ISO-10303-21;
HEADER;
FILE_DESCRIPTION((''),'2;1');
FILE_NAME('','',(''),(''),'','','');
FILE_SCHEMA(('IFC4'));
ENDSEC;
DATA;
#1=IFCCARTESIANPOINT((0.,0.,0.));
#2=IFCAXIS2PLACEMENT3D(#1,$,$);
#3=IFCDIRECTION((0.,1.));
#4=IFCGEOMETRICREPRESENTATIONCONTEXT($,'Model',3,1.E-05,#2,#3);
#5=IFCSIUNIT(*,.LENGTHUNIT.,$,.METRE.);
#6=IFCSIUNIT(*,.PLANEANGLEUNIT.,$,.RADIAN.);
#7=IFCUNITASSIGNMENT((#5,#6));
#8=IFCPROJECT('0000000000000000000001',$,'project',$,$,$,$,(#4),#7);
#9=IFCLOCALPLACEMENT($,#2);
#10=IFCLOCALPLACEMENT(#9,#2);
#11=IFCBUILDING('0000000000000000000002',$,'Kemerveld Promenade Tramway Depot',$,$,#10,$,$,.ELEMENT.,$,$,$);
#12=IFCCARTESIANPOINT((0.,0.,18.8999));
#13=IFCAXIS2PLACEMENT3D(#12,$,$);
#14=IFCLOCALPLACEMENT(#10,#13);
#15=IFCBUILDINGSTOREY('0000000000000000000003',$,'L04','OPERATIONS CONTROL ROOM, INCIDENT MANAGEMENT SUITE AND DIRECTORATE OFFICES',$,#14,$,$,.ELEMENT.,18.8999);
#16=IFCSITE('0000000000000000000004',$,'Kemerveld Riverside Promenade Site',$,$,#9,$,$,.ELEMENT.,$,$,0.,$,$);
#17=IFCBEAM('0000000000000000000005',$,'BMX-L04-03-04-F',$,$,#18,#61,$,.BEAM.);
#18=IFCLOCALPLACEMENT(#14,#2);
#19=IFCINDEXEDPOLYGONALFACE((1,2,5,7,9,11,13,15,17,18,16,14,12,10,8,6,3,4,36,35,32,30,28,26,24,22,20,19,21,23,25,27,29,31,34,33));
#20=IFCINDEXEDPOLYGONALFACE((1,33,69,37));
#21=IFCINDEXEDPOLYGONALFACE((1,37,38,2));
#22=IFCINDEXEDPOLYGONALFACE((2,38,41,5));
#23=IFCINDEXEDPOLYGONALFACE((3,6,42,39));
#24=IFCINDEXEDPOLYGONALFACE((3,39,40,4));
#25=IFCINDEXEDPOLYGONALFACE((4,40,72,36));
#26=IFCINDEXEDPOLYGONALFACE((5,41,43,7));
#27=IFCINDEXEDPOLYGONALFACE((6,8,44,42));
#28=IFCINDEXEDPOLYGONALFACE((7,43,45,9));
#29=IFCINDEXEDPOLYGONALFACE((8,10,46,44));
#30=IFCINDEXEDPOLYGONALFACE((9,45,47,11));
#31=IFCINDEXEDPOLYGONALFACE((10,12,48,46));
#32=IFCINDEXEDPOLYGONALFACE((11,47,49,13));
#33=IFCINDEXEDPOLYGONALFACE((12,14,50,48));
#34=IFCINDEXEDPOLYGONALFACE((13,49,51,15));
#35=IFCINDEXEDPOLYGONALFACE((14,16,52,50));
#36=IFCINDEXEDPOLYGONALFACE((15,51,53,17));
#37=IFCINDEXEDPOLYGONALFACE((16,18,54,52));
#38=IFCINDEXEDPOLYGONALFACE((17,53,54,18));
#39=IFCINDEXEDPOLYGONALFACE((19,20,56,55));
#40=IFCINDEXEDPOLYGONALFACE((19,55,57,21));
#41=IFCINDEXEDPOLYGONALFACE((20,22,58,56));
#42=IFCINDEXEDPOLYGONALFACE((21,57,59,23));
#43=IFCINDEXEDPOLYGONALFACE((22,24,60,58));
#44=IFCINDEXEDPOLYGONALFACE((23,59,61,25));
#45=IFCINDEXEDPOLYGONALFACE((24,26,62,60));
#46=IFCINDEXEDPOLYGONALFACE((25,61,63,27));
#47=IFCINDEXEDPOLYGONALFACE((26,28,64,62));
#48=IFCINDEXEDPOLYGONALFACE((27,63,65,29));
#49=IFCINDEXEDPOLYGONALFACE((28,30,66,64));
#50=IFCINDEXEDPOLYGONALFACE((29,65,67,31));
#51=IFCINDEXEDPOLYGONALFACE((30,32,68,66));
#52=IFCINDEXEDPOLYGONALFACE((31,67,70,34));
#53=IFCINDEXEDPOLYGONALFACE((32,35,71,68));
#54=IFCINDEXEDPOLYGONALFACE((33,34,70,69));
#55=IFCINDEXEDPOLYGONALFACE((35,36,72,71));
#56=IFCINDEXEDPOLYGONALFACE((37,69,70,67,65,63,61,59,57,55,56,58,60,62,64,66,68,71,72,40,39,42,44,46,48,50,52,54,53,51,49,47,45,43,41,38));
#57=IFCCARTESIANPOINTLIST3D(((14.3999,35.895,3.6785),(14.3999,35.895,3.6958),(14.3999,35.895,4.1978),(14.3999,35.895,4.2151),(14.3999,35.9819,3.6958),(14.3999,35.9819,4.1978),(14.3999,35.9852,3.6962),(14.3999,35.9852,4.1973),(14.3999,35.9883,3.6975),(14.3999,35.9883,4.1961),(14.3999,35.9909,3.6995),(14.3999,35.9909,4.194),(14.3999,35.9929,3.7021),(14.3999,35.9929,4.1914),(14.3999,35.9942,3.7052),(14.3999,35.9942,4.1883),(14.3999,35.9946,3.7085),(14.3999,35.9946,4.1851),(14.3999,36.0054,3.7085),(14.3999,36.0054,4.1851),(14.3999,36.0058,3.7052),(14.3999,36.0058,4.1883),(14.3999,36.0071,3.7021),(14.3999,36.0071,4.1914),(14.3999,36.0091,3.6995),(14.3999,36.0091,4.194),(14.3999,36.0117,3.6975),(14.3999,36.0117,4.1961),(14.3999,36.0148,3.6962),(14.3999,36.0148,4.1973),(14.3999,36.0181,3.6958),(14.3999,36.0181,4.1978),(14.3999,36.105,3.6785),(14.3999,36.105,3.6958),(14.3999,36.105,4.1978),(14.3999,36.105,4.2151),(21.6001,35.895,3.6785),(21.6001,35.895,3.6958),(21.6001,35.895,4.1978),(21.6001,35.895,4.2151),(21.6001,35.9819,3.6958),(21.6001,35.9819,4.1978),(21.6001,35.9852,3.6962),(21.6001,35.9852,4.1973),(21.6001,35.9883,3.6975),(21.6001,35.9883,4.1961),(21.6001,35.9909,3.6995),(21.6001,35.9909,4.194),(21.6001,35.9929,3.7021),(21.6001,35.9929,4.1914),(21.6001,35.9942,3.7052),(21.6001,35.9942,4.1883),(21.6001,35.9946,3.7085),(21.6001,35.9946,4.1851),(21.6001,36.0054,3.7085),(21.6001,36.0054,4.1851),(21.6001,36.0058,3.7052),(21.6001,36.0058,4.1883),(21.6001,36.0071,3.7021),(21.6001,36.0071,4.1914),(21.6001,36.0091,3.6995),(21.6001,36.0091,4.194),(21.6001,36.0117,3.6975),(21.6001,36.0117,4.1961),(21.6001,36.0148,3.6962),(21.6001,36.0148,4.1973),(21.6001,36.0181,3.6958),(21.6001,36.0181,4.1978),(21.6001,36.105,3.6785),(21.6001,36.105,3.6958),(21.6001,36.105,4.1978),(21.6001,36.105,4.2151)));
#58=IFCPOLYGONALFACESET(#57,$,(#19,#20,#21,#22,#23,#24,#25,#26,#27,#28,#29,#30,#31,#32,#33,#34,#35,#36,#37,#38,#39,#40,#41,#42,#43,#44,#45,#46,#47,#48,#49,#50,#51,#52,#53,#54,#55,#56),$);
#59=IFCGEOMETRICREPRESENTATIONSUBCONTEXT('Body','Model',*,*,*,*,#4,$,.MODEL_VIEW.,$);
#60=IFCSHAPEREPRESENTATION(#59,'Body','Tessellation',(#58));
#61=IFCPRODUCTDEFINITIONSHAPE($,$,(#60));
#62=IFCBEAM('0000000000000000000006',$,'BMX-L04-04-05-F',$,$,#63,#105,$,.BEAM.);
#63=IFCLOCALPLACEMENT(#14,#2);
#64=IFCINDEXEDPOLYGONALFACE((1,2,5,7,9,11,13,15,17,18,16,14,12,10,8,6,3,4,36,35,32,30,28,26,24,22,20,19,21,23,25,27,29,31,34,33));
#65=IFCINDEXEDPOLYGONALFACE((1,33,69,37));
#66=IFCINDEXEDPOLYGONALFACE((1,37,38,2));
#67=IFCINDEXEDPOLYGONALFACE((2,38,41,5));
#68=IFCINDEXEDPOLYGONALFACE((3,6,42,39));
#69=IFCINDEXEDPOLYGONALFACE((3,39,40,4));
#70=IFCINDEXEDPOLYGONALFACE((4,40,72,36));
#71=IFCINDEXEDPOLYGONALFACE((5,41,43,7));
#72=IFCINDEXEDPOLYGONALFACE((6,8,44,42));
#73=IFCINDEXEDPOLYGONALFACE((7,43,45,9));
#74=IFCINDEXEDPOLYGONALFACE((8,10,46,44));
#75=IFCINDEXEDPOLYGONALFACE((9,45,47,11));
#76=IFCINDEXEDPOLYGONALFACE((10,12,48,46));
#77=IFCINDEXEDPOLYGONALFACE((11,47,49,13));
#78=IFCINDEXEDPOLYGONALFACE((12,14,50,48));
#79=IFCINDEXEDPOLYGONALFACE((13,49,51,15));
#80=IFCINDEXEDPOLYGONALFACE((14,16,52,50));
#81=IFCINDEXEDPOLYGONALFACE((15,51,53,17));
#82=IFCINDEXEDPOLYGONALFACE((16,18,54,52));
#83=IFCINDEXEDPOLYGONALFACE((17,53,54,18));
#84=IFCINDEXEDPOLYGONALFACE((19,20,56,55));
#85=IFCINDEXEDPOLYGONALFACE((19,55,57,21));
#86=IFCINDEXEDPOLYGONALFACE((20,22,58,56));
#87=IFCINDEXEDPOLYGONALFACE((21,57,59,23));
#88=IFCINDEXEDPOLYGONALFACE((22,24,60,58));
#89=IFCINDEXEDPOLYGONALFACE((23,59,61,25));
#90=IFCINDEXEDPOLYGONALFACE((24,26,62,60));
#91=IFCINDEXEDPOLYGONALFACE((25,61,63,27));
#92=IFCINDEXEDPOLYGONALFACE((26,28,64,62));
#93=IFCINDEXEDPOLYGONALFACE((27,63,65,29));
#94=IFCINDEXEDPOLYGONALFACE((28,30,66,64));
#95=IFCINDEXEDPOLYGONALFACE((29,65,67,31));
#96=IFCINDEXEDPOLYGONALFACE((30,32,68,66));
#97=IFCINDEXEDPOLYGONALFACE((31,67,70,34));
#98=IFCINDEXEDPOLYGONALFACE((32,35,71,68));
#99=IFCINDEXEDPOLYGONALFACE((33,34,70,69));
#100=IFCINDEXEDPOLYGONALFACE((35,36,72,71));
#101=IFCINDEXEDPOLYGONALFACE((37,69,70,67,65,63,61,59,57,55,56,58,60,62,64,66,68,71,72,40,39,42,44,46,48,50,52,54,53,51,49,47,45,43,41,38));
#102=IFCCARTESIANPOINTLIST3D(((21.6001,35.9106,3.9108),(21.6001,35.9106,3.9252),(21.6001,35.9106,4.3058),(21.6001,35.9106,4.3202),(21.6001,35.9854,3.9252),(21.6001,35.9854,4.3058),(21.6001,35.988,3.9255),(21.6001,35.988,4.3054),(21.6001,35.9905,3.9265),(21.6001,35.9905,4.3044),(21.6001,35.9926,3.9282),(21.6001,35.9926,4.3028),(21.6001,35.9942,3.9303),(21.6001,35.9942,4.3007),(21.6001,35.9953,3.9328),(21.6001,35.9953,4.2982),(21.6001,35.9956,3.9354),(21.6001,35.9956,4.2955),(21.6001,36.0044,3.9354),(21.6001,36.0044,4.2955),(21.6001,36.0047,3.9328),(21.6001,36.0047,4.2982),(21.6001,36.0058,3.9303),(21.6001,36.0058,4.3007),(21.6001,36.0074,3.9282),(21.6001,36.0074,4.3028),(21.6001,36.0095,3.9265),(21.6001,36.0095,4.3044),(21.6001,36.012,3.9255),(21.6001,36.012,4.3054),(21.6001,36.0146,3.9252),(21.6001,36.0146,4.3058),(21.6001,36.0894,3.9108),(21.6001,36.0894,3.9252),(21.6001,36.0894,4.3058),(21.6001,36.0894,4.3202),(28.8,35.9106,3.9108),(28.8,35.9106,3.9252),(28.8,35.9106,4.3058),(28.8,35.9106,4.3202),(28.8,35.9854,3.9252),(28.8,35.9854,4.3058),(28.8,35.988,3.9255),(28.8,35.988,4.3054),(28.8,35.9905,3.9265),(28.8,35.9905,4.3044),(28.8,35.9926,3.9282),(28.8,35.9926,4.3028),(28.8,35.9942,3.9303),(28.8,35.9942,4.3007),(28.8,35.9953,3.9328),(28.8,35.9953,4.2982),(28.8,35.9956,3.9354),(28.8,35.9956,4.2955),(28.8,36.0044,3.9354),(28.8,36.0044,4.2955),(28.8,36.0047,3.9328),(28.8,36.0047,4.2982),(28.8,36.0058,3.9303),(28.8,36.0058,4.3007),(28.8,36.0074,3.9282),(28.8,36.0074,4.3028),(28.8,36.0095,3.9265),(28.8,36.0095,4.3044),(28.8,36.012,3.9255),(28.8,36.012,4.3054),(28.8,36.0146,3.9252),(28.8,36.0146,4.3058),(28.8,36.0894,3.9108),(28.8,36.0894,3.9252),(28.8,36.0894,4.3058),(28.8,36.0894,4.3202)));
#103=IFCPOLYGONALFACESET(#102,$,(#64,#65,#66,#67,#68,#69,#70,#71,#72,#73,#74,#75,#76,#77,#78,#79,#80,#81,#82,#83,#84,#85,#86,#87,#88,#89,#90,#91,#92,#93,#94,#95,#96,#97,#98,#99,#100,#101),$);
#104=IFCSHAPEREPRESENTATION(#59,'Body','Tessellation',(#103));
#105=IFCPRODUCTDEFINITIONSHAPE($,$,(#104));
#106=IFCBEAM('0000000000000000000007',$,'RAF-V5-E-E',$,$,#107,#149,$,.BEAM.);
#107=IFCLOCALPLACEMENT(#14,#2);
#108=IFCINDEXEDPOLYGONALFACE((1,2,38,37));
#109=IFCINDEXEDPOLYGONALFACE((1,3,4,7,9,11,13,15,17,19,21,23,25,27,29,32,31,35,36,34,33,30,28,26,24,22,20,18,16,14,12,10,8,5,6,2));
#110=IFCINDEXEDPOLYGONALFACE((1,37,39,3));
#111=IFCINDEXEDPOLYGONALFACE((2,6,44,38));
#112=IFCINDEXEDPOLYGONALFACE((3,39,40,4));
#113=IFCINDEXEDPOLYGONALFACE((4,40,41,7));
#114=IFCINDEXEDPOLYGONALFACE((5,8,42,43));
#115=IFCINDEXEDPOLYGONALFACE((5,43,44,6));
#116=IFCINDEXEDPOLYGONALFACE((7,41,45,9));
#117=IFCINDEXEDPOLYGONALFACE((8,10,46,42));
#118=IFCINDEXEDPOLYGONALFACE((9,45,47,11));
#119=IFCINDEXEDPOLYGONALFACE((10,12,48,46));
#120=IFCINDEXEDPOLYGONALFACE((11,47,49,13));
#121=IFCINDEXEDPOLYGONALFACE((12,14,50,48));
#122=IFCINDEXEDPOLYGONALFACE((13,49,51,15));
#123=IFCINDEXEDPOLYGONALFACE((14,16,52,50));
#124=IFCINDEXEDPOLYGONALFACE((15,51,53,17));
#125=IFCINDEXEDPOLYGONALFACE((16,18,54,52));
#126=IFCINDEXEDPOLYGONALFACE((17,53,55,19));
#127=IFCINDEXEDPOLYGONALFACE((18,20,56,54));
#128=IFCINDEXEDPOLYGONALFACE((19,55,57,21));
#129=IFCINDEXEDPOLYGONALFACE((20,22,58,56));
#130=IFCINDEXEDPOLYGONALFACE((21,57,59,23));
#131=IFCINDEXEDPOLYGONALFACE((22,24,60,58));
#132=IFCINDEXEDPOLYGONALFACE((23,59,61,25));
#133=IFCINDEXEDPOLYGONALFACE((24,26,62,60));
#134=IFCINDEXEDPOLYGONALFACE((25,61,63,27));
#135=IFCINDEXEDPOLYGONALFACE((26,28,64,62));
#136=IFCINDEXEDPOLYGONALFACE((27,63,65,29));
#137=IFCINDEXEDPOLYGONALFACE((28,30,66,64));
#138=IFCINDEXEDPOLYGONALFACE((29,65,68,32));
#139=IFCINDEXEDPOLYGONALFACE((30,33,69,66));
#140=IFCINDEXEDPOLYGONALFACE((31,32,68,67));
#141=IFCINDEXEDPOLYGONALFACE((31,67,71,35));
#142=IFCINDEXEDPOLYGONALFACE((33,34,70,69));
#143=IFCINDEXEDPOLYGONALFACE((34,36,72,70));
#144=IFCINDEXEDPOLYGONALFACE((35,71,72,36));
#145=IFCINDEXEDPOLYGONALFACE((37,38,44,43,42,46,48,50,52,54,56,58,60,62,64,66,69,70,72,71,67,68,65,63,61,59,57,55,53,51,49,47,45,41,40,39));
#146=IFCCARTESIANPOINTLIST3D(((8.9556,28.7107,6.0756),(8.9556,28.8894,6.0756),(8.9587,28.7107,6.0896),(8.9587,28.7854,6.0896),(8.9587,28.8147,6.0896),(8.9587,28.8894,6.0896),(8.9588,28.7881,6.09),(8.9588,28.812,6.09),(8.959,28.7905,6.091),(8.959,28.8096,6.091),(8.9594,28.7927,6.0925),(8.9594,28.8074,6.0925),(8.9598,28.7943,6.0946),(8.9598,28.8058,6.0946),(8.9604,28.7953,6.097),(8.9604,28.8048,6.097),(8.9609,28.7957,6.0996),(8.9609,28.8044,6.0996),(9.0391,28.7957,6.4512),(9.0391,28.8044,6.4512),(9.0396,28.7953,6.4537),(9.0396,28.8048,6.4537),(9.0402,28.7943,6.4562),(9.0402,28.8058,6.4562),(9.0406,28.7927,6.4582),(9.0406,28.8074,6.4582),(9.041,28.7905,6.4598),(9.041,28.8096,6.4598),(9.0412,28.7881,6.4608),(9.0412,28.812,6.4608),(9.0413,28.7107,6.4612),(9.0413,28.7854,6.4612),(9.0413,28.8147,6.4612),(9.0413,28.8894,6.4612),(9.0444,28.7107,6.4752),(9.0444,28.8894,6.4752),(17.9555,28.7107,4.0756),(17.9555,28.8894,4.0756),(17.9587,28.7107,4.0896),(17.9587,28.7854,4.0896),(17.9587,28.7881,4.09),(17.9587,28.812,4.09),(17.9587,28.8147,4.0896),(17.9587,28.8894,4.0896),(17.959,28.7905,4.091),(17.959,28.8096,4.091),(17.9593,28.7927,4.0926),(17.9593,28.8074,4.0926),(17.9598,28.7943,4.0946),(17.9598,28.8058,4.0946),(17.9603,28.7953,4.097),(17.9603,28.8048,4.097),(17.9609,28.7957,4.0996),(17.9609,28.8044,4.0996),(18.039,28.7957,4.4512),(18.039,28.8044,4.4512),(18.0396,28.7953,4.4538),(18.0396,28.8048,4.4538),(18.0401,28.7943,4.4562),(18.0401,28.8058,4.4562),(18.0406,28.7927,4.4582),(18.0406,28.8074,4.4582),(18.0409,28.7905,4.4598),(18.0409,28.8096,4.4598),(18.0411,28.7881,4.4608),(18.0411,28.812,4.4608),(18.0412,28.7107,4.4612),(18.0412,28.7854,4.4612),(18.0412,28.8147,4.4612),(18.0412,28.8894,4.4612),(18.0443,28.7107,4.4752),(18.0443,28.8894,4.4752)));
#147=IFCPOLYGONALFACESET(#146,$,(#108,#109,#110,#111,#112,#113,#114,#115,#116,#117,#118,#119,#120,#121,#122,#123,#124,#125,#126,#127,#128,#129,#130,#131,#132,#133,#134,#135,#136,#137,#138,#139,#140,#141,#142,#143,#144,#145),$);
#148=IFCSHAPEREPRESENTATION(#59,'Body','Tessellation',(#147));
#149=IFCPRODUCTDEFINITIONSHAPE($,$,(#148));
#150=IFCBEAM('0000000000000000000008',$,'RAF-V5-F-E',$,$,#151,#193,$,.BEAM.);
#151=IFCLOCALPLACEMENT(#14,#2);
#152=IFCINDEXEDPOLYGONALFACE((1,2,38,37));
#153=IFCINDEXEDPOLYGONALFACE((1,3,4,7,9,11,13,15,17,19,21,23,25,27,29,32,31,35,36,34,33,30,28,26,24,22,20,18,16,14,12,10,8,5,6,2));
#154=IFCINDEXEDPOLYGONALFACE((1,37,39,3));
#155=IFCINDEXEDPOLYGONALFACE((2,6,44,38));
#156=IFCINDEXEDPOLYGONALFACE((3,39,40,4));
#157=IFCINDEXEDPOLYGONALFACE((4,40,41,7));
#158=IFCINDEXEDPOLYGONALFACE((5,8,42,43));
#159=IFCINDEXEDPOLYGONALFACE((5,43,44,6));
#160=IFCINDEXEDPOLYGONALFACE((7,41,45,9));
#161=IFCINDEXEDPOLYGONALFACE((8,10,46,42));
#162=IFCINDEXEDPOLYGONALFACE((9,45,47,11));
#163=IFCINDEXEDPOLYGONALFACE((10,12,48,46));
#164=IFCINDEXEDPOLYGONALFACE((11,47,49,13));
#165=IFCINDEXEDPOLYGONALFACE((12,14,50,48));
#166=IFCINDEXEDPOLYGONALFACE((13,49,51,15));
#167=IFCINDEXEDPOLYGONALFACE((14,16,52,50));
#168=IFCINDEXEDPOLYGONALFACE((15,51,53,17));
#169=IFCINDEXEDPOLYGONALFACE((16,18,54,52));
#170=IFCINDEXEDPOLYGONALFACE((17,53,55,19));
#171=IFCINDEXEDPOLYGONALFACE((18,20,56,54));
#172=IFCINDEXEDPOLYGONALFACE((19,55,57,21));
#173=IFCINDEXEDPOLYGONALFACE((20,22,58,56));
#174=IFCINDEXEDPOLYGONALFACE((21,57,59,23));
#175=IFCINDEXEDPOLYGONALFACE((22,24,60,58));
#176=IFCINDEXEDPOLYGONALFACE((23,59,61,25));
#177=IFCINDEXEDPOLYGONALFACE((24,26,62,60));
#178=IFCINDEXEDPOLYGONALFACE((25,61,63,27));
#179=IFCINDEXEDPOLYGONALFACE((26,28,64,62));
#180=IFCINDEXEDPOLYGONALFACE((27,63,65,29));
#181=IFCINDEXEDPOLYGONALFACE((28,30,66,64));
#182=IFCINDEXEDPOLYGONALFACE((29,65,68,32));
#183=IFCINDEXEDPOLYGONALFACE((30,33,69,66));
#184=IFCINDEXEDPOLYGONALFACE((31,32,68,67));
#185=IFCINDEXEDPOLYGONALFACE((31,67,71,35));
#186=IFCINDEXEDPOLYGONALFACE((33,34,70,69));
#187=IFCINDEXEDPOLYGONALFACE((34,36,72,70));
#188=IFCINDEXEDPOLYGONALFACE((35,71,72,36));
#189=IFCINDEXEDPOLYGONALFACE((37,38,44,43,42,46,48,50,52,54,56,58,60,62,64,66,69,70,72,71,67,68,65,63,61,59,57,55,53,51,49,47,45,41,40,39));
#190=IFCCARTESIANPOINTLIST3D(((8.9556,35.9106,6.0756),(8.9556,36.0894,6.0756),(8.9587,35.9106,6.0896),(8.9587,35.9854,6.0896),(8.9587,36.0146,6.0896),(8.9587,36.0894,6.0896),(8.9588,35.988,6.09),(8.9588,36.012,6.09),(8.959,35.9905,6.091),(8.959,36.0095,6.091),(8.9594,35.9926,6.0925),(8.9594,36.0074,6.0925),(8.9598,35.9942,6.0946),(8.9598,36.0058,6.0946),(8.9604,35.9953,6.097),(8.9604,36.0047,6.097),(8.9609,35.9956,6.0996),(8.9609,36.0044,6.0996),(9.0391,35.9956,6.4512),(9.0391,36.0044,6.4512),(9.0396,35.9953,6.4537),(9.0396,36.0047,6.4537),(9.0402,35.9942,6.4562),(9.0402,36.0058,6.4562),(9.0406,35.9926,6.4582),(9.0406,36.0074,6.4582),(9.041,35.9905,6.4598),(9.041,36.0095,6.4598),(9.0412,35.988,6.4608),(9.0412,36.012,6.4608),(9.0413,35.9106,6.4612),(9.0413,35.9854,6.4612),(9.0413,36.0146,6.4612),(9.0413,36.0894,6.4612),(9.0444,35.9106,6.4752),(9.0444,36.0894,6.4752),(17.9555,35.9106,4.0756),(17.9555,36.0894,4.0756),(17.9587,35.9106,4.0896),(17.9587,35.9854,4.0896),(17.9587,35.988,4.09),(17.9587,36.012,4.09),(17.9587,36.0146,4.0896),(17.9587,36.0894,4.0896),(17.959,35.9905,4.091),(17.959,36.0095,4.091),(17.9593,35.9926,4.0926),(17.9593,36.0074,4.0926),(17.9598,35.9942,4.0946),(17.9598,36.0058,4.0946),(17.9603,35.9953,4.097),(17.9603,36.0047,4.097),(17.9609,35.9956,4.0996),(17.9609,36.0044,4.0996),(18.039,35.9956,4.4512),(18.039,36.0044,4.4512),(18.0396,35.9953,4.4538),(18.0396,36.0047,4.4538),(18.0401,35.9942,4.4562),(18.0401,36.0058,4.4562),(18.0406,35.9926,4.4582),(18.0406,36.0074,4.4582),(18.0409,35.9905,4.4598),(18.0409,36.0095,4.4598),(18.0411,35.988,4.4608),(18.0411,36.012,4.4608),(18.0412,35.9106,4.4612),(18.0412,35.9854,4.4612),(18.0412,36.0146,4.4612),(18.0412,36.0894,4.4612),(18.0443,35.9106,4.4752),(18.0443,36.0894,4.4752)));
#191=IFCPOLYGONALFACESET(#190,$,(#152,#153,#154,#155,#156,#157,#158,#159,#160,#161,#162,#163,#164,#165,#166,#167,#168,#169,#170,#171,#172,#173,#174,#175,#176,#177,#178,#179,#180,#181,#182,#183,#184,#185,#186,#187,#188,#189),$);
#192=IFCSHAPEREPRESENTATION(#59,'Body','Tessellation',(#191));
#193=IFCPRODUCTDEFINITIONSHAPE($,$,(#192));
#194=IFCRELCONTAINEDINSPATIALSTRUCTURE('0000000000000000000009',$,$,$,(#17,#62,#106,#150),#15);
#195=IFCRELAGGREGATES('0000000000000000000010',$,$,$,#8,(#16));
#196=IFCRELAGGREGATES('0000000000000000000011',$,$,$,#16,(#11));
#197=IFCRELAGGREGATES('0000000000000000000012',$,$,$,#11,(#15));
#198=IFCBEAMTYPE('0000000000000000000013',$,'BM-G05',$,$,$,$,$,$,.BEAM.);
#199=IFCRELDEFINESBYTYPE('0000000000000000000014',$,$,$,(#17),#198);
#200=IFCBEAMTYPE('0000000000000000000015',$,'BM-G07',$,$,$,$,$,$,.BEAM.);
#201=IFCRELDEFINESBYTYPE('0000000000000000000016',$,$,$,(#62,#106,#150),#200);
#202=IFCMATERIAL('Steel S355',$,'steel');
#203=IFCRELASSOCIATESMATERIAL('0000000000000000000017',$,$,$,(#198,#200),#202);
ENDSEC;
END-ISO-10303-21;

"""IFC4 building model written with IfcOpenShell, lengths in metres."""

from ifc_helpers import new_model, si_unit, direction, frame, origin, origin_2d, place, context, subcontext, project, spatial, i_section, extrude, material, material_profile, profile_set, type_object, element, save


model = new_model("IFC4")

# Units and contexts
model_context = context("Model", 3, precision=1e-05, world=origin(), true_north=direction((0.0, 1.0)))
body_context = subcontext(model_context, "Body", "Model", "MODEL_VIEW")
ifc_project = project(units=[si_unit("LENGTHUNIT", "METRE"), si_unit("PLANEANGLEUNIT", "RADIAN")], contexts=[model_context])

# Site, building, storey
site_placement = place(None, origin())
site = spatial("IfcSite", under=ifc_project, at=site_placement, Name="Kemerveld Riverside Promenade Site", CompositionType="ELEMENT", RefElevation=0.0)
building_placement = place(site_placement, origin())
building = spatial("IfcBuilding", under=site, at=building_placement, Name="Kemerveld Promenade Tramway Depot", CompositionType="ELEMENT")
storey_placement = place(building_placement, frame((0.0, 0.0, 18.8999)))
storey = spatial("IfcBuildingStorey", under=building, at=storey_placement, Name="L04", Description="OPERATIONS CONTROL ROOM, INCIDENT MANAGEMENT SUITE AND DIRECTORATE OFFICES", CompositionType="ELEMENT", Elevation=18.8999)

# Shared definitions
ifc_material_1 = material(Name="Steel S355", Category="steel")

# Beams
ifc_material_profile_1 = material_profile(ifc_material_1, i_section(OverallWidth=0.21, OverallDepth=0.5366, WebThickness=0.0107, FlangeThickness=0.0173, FilletRadius=0.0127, at=origin_2d()), Name="533x210x101 UB")
ifc_profile_set_1 = profile_set([ifc_material_profile_1], Name="Steel S355")
beam_type_1 = type_object("IfcBeamType", Name="BM-G05", PredefinedType="BEAM", material=ifc_profile_set_1)
beam_1_placement = place(storey_placement, frame((14.3999, 36.0, 3.9468), z_axis=(1.0, 0.0, 0.0), x_axis=(0.0, 1.0, 0.0)))
element("IfcBeam", 1, at=beam_1_placement, inside=storey, type_object=beam_type_1, Name="BMX-L04-03-04-F", PredefinedType="BEAM", context=body_context, shape_type="SweptSolid", body=[
    extrude(i_section(OverallWidth=0.21, OverallDepth=0.5366, WebThickness=0.0107, FlangeThickness=0.0173, FilletRadius=0.0127, at=origin_2d()), origin(), (0.0, 0.0, 1.0), 7.2002),
])
ifc_material_profile_2 = material_profile(ifc_material_1, i_section(OverallWidth=0.1787, OverallDepth=0.4094, WebThickness=0.0088, FlangeThickness=0.0144, FilletRadius=0.0103, at=origin_2d()), Name="406x178x67 UB")
ifc_profile_set_2 = profile_set([ifc_material_profile_2], Name="Steel S355")
beam_type_2 = type_object("IfcBeamType", Name="BM-G07", PredefinedType="BEAM", material=ifc_profile_set_2)
beam_2_placement = place(storey_placement, frame((21.6001, 36.0, 4.1155), z_axis=(1.0, 0.0, 0.0), x_axis=(0.0, 1.0, 0.0)))
element("IfcBeam", 2, at=beam_2_placement, inside=storey, type_object=beam_type_2, Name="BMX-L04-04-05-F", PredefinedType="BEAM", context=body_context, shape_type="SweptSolid", body=[
    extrude(i_section(OverallWidth=0.1787, OverallDepth=0.4094, WebThickness=0.0088, FlangeThickness=0.0144, FilletRadius=0.0103, at=origin_2d()), origin(), (0.0, 0.0, 1.0), 7.2),
])
for number, where, z_axis, x_axis, name in (
    (3, (9.0, 28.8, 6.2754), (0.976187, 0.0, -0.21693), (0.0, 1.0, 0.0), "RAF-V5-E-E"),
    (4, (9.0, 36.0, 6.2754), (0.976187, 0.0, -0.21693), (0.0, 1.0, 0.0), "RAF-V5-F-E"),
):
    element("IfcBeam", number, at=place(storey_placement, frame(where, z_axis=z_axis, x_axis=x_axis)), inside=storey, type_object=beam_type_2, Name=name, PredefinedType="BEAM", context=body_context, shape_type="SweptSolid", body=[
        extrude(i_section(OverallWidth=0.1787, OverallDepth=0.4094, WebThickness=0.0088, FlangeThickness=0.0144, FilletRadius=0.0103, at=origin_2d()), origin(), (0.0, 0.0, 1.0), 9.2195),
    ])

save(model, "model.ifc")
